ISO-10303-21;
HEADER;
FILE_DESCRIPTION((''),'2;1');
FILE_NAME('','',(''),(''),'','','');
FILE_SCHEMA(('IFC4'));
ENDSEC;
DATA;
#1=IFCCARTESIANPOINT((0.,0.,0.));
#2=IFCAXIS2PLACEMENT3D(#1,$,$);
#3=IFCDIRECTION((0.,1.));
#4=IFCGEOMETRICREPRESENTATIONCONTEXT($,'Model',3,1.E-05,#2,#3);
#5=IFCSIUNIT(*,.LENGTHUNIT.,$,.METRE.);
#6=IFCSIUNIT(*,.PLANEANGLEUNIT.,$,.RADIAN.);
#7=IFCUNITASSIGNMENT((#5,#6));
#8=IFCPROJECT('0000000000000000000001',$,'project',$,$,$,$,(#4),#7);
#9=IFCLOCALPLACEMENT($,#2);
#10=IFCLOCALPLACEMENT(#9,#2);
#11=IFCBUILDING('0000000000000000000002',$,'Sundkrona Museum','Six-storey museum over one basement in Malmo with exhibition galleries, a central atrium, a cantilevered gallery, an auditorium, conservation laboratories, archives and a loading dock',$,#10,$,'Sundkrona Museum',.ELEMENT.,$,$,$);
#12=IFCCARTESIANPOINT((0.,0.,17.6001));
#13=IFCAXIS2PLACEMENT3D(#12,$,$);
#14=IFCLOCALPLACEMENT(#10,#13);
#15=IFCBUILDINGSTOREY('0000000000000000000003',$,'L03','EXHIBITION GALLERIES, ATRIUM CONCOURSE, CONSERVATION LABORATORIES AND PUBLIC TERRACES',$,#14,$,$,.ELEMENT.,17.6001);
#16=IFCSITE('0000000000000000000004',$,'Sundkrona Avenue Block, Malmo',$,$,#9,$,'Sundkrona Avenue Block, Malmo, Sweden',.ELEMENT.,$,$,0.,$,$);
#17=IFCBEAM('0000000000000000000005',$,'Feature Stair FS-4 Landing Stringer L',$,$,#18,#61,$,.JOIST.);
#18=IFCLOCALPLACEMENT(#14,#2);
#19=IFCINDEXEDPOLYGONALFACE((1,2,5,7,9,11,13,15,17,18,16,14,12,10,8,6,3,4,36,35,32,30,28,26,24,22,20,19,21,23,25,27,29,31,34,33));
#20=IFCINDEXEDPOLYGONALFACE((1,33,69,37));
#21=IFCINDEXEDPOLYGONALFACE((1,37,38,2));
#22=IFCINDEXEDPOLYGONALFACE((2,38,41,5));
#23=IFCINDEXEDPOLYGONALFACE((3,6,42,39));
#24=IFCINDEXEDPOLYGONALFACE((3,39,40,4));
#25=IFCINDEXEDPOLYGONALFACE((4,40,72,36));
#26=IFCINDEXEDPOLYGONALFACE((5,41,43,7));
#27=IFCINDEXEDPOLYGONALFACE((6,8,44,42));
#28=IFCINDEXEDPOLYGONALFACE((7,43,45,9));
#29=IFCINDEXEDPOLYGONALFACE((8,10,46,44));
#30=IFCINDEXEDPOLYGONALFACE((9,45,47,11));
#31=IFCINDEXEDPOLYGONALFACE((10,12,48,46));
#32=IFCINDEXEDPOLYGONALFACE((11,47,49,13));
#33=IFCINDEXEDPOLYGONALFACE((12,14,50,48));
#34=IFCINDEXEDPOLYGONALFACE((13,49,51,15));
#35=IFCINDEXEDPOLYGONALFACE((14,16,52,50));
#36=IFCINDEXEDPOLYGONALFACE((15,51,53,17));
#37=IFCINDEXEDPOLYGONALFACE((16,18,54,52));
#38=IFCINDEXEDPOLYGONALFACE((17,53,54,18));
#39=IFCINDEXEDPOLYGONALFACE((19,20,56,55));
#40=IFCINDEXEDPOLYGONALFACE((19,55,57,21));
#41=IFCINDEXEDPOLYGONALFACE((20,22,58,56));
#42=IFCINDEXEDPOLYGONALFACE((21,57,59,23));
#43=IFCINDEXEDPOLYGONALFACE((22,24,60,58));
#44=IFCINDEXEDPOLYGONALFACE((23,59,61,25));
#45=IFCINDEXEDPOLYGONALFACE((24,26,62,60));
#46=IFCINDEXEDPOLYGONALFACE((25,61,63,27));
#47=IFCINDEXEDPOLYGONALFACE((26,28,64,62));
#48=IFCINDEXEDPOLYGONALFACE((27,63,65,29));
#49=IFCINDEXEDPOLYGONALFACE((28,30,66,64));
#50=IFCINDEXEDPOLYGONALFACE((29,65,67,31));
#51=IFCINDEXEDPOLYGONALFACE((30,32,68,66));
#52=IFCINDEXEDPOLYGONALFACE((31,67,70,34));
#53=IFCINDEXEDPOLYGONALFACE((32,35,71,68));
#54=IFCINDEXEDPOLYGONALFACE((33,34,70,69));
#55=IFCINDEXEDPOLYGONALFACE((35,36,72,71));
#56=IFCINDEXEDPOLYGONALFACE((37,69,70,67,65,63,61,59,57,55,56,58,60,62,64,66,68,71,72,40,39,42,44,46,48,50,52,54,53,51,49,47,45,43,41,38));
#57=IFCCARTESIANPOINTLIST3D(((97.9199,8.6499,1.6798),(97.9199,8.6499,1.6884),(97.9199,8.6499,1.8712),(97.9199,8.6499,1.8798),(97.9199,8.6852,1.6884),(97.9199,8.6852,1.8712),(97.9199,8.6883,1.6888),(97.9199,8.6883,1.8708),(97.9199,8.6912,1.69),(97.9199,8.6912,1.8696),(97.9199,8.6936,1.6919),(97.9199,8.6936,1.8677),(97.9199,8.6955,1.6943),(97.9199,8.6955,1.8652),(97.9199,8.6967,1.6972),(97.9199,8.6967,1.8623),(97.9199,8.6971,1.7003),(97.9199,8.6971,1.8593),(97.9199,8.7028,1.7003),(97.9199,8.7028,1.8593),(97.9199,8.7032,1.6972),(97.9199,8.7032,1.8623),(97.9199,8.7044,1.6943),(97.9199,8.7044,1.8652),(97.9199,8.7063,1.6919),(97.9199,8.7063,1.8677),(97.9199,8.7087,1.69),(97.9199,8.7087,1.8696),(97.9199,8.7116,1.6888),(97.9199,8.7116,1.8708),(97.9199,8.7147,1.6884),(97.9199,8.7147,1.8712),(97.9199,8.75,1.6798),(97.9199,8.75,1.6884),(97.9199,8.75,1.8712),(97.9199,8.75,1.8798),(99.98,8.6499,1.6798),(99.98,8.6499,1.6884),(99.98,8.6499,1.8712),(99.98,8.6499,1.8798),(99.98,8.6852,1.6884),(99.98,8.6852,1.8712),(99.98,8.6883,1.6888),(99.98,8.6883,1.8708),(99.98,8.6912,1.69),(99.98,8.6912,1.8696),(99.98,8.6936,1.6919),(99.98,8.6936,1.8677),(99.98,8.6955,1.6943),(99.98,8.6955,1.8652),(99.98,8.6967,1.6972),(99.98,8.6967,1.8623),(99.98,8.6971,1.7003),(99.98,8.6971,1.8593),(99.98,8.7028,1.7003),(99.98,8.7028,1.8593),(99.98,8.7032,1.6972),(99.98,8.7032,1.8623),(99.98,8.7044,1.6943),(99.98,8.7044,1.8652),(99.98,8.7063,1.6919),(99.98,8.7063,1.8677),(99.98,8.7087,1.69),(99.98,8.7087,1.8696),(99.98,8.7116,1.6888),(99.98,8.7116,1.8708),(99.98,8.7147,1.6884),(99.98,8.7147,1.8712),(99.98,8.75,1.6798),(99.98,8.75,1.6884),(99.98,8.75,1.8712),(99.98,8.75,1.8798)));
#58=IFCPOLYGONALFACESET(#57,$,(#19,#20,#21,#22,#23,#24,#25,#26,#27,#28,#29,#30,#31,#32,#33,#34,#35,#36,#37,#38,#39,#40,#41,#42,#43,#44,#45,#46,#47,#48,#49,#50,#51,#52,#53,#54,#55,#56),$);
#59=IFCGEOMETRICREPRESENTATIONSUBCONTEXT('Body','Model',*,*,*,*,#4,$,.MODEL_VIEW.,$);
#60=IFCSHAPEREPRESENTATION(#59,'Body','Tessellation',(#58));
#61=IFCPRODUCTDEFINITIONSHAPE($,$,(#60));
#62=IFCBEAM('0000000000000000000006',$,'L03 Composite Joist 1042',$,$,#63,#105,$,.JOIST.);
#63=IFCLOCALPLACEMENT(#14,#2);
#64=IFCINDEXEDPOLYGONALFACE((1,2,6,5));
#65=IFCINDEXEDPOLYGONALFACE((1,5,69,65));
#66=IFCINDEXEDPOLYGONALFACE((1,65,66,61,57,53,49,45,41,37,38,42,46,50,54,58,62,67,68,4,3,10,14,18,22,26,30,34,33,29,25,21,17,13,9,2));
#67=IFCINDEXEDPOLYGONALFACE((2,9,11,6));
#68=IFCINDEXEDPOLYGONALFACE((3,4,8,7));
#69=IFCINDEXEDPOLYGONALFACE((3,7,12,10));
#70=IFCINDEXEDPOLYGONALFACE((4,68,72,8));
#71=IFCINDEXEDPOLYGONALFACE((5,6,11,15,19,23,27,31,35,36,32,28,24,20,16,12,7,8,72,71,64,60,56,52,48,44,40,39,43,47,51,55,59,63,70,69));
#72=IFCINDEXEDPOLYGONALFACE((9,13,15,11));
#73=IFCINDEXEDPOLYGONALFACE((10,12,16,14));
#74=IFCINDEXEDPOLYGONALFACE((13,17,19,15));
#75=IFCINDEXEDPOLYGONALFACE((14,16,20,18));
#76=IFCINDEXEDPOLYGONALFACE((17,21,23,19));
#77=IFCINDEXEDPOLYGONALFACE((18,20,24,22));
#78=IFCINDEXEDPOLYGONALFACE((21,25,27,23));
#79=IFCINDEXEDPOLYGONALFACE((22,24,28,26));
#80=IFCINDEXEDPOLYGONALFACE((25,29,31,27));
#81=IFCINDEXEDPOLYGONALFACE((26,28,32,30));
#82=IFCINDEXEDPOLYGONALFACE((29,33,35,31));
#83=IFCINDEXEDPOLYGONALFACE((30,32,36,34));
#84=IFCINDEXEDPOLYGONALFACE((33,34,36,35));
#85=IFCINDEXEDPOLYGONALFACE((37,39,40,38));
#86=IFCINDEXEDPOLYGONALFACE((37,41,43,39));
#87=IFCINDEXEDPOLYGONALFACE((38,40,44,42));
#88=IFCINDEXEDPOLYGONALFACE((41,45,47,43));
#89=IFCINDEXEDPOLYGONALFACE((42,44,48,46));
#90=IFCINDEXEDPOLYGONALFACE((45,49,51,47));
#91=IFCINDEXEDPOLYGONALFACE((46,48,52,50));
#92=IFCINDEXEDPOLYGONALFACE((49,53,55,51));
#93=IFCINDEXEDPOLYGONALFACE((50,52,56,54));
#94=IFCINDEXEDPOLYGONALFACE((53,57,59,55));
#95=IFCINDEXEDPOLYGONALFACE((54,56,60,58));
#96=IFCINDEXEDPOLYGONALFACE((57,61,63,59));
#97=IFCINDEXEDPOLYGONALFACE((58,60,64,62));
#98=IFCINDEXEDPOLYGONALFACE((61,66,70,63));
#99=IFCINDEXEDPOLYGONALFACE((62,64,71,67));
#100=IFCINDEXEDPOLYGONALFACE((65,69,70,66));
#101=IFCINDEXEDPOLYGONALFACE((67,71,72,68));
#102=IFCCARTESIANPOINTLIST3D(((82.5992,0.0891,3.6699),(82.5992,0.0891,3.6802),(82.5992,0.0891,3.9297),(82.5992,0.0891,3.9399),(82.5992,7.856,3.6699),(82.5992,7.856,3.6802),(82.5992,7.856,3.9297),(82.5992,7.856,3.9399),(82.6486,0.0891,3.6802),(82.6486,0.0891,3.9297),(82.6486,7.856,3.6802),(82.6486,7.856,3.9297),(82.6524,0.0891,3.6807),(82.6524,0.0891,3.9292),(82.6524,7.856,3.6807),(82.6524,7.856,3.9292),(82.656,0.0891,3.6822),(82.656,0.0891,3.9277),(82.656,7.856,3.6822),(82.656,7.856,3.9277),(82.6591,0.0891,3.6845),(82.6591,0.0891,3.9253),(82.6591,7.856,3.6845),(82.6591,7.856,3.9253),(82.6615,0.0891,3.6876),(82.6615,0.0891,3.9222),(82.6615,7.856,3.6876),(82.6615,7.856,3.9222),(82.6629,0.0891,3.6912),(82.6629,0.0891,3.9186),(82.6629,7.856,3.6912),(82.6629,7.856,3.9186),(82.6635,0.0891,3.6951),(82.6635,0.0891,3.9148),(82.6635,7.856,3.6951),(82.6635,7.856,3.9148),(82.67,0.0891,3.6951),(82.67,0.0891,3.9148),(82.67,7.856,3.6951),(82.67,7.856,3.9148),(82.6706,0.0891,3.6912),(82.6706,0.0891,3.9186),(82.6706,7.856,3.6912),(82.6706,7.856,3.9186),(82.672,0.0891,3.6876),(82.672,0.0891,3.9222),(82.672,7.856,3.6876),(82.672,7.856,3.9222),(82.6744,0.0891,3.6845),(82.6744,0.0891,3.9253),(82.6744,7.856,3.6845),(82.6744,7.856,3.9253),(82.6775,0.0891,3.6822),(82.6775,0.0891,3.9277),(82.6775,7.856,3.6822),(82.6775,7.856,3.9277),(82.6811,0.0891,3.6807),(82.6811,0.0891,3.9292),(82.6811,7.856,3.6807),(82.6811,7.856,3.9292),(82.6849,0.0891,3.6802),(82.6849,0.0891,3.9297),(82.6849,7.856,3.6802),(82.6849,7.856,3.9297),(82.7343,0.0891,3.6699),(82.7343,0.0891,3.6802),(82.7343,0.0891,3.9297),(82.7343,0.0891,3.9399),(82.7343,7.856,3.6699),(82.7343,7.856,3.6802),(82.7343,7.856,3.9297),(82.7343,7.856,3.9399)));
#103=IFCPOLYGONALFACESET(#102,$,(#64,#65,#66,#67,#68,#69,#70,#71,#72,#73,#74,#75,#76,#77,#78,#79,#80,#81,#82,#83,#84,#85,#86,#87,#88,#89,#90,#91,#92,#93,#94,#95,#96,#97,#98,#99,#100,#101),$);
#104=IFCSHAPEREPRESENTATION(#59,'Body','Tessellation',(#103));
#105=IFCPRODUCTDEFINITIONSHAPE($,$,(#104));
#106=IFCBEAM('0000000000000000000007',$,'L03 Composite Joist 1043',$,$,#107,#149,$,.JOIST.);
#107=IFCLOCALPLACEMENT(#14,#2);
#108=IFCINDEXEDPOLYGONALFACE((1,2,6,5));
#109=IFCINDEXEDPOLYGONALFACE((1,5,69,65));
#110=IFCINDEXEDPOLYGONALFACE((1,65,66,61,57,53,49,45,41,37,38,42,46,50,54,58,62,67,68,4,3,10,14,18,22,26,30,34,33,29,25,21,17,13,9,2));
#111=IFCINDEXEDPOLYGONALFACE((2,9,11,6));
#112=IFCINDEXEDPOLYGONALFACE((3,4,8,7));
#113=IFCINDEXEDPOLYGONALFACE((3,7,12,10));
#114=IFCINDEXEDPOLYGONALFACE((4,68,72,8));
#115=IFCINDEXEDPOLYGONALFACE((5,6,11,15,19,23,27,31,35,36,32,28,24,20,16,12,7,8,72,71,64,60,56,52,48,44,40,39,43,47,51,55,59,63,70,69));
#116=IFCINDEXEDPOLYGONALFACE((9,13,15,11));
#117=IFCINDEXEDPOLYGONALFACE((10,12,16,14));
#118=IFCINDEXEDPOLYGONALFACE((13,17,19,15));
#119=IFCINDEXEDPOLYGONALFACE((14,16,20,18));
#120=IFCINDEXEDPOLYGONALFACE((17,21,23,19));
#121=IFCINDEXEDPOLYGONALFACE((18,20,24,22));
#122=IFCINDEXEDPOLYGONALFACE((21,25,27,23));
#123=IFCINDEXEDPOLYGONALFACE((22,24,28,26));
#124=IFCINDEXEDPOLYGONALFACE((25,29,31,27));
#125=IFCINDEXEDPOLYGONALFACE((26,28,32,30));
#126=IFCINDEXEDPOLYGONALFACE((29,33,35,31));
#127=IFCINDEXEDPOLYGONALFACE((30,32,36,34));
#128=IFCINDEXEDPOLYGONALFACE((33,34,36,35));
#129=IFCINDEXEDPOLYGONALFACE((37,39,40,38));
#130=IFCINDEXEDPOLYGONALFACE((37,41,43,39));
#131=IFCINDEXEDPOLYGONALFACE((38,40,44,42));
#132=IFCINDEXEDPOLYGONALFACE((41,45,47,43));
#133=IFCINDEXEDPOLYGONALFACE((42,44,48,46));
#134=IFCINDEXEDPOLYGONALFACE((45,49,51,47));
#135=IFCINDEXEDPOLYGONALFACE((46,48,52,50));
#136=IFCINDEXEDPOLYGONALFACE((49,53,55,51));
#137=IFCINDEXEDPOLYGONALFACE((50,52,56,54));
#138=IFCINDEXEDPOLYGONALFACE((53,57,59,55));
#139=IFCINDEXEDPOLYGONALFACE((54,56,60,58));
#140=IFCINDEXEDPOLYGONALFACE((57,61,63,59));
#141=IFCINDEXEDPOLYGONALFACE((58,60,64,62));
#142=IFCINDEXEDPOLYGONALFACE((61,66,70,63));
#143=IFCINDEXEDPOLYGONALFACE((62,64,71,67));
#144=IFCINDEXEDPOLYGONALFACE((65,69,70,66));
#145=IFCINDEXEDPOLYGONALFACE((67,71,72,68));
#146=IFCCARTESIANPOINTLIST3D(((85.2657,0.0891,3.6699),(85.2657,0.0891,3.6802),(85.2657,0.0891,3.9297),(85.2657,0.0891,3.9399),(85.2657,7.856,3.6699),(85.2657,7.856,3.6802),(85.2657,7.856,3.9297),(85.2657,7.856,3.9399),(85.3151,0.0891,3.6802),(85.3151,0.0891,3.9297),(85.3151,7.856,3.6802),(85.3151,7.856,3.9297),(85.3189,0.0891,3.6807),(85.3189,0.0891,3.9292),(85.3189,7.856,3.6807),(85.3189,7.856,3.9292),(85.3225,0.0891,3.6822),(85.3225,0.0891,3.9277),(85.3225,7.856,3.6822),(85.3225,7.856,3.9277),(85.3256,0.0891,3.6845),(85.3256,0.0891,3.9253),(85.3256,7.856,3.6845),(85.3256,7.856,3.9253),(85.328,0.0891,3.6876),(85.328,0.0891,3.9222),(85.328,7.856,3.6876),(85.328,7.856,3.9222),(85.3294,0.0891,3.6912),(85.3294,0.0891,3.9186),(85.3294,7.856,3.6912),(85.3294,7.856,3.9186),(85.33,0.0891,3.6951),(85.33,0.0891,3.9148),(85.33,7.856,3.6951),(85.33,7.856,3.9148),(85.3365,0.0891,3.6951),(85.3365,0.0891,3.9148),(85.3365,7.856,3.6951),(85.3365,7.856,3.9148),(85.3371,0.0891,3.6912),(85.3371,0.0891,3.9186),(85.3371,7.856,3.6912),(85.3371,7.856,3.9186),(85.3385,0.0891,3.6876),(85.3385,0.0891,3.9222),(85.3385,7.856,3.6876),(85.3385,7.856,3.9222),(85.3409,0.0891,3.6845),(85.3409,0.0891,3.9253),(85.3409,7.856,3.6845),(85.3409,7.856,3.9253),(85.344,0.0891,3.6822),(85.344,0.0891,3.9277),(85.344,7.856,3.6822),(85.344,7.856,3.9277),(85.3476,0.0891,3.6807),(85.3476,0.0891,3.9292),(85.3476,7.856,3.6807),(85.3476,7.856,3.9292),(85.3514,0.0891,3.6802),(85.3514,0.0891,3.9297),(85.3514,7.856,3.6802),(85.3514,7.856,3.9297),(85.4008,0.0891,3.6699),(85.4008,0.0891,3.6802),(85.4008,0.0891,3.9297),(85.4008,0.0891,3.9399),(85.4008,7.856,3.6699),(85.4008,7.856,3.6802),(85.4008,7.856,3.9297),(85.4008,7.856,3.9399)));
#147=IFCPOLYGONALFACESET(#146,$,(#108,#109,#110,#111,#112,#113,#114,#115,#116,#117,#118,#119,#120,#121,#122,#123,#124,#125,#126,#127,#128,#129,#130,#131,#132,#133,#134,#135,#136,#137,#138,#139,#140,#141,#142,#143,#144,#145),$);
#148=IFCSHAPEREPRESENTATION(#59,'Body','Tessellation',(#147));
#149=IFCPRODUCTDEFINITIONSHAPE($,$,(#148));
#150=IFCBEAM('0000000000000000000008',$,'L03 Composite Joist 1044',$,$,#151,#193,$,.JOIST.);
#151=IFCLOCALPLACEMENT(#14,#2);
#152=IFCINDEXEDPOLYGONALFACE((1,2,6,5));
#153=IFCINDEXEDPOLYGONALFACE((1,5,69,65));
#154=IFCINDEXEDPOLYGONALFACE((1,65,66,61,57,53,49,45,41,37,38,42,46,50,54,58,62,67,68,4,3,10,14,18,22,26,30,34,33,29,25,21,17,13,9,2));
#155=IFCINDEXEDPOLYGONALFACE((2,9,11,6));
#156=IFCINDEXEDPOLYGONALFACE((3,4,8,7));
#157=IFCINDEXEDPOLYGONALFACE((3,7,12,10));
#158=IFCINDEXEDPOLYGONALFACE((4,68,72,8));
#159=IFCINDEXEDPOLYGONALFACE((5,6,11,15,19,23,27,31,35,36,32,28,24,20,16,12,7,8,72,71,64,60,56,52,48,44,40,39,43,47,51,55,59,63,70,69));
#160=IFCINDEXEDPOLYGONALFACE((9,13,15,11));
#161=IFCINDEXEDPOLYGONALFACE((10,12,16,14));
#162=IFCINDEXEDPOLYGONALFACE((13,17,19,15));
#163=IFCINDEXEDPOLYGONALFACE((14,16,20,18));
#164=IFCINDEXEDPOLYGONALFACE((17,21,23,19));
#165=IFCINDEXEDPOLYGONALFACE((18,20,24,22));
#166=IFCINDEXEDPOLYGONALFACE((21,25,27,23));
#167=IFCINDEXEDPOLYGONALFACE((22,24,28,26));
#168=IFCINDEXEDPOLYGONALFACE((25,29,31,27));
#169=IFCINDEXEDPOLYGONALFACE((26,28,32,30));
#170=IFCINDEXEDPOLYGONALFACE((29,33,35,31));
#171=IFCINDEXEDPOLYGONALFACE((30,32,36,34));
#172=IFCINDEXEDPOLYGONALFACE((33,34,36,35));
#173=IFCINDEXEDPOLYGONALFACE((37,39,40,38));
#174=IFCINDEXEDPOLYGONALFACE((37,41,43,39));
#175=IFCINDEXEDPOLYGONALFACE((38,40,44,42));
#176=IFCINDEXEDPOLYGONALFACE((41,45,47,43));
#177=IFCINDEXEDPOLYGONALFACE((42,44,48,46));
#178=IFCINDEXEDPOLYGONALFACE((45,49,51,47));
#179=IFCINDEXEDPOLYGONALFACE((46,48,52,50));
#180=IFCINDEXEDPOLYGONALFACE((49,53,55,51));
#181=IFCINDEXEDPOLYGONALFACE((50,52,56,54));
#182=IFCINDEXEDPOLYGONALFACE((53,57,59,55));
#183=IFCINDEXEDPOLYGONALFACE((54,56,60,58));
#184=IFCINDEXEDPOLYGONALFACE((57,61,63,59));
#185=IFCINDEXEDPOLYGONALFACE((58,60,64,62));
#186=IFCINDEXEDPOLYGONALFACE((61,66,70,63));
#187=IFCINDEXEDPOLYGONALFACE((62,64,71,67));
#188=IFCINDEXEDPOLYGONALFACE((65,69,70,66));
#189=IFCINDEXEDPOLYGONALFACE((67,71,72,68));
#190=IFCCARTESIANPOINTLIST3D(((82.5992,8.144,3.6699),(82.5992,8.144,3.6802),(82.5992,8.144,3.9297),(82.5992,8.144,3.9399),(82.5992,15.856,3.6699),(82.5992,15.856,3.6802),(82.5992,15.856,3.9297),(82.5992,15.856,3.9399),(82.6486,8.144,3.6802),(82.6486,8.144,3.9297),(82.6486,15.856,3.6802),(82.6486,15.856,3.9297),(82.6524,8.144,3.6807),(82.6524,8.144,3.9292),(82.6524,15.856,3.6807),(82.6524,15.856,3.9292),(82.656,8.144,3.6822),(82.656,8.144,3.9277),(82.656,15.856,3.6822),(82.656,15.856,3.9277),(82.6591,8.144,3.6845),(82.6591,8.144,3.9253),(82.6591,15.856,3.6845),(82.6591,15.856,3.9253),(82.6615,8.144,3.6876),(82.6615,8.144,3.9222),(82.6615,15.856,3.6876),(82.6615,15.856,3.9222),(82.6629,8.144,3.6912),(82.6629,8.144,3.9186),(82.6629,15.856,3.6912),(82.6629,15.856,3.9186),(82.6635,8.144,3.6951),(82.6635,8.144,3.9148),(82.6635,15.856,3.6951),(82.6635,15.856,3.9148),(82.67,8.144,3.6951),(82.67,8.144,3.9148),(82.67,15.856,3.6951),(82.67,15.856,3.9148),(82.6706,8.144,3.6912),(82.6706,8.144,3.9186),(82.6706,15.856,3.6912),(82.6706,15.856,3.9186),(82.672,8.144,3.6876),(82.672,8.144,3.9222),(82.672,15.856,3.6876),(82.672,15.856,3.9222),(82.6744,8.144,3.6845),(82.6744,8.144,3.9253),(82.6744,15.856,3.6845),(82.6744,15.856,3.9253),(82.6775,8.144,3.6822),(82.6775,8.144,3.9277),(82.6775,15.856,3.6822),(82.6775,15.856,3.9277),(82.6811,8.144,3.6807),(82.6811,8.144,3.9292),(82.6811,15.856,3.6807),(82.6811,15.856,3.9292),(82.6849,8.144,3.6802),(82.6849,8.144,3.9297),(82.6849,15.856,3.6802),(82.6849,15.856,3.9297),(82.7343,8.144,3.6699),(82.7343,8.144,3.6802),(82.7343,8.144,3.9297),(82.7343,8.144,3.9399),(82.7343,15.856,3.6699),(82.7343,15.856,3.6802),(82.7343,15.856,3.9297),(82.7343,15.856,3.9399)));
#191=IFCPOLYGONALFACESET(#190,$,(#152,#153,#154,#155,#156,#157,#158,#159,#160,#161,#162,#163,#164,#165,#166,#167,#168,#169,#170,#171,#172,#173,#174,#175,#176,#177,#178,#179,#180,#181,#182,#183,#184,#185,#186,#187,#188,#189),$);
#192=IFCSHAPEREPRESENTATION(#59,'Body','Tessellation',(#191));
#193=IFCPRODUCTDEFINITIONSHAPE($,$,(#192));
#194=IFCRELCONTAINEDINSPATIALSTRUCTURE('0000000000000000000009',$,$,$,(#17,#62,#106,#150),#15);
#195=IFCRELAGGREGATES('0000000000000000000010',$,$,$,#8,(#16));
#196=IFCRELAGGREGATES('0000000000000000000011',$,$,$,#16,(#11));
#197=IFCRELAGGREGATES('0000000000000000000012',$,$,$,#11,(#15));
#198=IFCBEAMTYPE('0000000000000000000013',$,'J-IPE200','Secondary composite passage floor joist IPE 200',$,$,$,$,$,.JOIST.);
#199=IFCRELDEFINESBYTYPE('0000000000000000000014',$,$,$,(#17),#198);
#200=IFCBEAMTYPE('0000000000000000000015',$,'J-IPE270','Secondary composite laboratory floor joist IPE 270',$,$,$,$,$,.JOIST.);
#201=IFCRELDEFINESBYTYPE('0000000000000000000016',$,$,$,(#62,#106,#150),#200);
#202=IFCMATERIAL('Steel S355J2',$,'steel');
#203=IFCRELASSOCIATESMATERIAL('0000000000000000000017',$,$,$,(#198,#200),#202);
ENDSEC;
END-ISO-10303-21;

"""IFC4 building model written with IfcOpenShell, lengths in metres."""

from ifc_helpers import new_model, si_unit, direction, frame, origin, origin_2d, place, context, subcontext, project, spatial, i_section, extrude, material, material_profile, profile_set, type_object, element, save


model = new_model("IFC4")

# Units and contexts
model_context = context("Model", 3, precision=1e-05, world=origin(), true_north=direction((0.0, 1.0)))
body_context = subcontext(model_context, "Body", "Model", "MODEL_VIEW")
ifc_project = project(units=[si_unit("LENGTHUNIT", "METRE"), si_unit("PLANEANGLEUNIT", "RADIAN")], contexts=[model_context])

# Site, building, storey
site_placement = place(None, origin())
site = spatial("IfcSite", under=ifc_project, at=site_placement, Name="Sundkrona Avenue Block, Malmo", LongName="Sundkrona Avenue Block, Malmo, Sweden", CompositionType="ELEMENT", RefElevation=0.0)
building_placement = place(site_placement, origin())
building = spatial("IfcBuilding", under=site, at=building_placement, Name="Sundkrona Museum", Description="Six-storey museum over one basement in Malmo with exhibition galleries, a central atrium, a cantilevered gallery, an auditorium, conservation laboratories, archives and a loading dock", LongName="Sundkrona Museum", CompositionType="ELEMENT")
storey_placement = place(building_placement, frame((0.0, 0.0, 17.6001)))
storey = spatial("IfcBuildingStorey", under=building, at=storey_placement, Name="L03", Description="EXHIBITION GALLERIES, ATRIUM CONCOURSE, CONSERVATION LABORATORIES AND PUBLIC TERRACES", CompositionType="ELEMENT", Elevation=17.6001)

# Shared definitions
ifc_material_1 = material(Name="Steel S355J2", Category="steel")

# Beams
ifc_material_profile_1 = material_profile(ifc_material_1, i_section(OverallWidth=0.1001, OverallDepth=0.2, WebThickness=0.0056, FlangeThickness=0.0085, FilletRadius=0.012, at=origin_2d()), Name="IPE 200")
ifc_profile_set_1 = profile_set([ifc_material_profile_1], Name="Steel S355J2")
beam_type_1 = type_object("IfcBeamType", Name="J-IPE200", Description="Secondary composite passage floor joist IPE 200", PredefinedType="JOIST", material=ifc_profile_set_1)
beam_1_placement = place(storey_placement, frame((97.9199, 8.7, 1.7798), z_axis=(1.0, 0.0, 0.0), x_axis=(0.0, 1.0, 0.0)))
element("IfcBeam", 1, at=beam_1_placement, inside=storey, type_object=beam_type_1, Name="Feature Stair FS-4 Landing Stringer L", PredefinedType="JOIST", context=body_context, shape_type="SweptSolid", body=[
    extrude(i_section(OverallWidth=0.1001, OverallDepth=0.2, WebThickness=0.0056, FlangeThickness=0.0085, FilletRadius=0.012, at=origin_2d()), origin(), (0.0, 0.0, 1.0), 2.0601),
])
ifc_material_profile_2 = material_profile(ifc_material_1, i_section(OverallWidth=0.135, OverallDepth=0.27, WebThickness=0.0066, FlangeThickness=0.0103, FilletRadius=0.0149, at=origin_2d()), Name="IPE 270")
ifc_profile_set_2 = profile_set([ifc_material_profile_2], Name="Steel S355J2")
beam_type_2 = type_object("IfcBeamType", Name="J-IPE270", Description="Secondary composite laboratory floor joist IPE 270", PredefinedType="JOIST", material=ifc_profile_set_2)
for number, where, z_axis, x_axis, name in (
    (2, (82.6667, 0.0891, 3.8049), (0.0, 1.0, 0.0), (-1.0, 0.0, 0.0), "L03 Composite Joist 1042"),
    (3, (85.3333, 0.0891, 3.8049), (0.0, 1.0, 0.0), (-1.0, 0.0, 0.0), "L03 Composite Joist 1043"),
):
    element("IfcBeam", number, at=place(storey_placement, frame(where, z_axis=z_axis, x_axis=x_axis)), inside=storey, type_object=beam_type_2, Name=name, PredefinedType="JOIST", context=body_context, shape_type="SweptSolid", body=[
        extrude(i_section(OverallWidth=0.135, OverallDepth=0.27, WebThickness=0.0066, FlangeThickness=0.0103, FilletRadius=0.0149, at=origin_2d()), origin(), (0.0, 0.0, 1.0), 7.7668),
    ])
beam_2_placement = place(storey_placement, frame((82.6667, 8.144, 3.8049), z_axis=(0.0, 1.0, 0.0), x_axis=(-1.0, 0.0, 0.0)))
element("IfcBeam", 4, at=beam_2_placement, inside=storey, type_object=beam_type_2, Name="L03 Composite Joist 1044", PredefinedType="JOIST", context=body_context, shape_type="SweptSolid", body=[
    extrude(i_section(OverallWidth=0.135, OverallDepth=0.27, WebThickness=0.0066, FlangeThickness=0.0103, FilletRadius=0.0149, at=origin_2d()), origin(), (0.0, 0.0, 1.0), 7.7119),
])

save(model, "model.ifc")
